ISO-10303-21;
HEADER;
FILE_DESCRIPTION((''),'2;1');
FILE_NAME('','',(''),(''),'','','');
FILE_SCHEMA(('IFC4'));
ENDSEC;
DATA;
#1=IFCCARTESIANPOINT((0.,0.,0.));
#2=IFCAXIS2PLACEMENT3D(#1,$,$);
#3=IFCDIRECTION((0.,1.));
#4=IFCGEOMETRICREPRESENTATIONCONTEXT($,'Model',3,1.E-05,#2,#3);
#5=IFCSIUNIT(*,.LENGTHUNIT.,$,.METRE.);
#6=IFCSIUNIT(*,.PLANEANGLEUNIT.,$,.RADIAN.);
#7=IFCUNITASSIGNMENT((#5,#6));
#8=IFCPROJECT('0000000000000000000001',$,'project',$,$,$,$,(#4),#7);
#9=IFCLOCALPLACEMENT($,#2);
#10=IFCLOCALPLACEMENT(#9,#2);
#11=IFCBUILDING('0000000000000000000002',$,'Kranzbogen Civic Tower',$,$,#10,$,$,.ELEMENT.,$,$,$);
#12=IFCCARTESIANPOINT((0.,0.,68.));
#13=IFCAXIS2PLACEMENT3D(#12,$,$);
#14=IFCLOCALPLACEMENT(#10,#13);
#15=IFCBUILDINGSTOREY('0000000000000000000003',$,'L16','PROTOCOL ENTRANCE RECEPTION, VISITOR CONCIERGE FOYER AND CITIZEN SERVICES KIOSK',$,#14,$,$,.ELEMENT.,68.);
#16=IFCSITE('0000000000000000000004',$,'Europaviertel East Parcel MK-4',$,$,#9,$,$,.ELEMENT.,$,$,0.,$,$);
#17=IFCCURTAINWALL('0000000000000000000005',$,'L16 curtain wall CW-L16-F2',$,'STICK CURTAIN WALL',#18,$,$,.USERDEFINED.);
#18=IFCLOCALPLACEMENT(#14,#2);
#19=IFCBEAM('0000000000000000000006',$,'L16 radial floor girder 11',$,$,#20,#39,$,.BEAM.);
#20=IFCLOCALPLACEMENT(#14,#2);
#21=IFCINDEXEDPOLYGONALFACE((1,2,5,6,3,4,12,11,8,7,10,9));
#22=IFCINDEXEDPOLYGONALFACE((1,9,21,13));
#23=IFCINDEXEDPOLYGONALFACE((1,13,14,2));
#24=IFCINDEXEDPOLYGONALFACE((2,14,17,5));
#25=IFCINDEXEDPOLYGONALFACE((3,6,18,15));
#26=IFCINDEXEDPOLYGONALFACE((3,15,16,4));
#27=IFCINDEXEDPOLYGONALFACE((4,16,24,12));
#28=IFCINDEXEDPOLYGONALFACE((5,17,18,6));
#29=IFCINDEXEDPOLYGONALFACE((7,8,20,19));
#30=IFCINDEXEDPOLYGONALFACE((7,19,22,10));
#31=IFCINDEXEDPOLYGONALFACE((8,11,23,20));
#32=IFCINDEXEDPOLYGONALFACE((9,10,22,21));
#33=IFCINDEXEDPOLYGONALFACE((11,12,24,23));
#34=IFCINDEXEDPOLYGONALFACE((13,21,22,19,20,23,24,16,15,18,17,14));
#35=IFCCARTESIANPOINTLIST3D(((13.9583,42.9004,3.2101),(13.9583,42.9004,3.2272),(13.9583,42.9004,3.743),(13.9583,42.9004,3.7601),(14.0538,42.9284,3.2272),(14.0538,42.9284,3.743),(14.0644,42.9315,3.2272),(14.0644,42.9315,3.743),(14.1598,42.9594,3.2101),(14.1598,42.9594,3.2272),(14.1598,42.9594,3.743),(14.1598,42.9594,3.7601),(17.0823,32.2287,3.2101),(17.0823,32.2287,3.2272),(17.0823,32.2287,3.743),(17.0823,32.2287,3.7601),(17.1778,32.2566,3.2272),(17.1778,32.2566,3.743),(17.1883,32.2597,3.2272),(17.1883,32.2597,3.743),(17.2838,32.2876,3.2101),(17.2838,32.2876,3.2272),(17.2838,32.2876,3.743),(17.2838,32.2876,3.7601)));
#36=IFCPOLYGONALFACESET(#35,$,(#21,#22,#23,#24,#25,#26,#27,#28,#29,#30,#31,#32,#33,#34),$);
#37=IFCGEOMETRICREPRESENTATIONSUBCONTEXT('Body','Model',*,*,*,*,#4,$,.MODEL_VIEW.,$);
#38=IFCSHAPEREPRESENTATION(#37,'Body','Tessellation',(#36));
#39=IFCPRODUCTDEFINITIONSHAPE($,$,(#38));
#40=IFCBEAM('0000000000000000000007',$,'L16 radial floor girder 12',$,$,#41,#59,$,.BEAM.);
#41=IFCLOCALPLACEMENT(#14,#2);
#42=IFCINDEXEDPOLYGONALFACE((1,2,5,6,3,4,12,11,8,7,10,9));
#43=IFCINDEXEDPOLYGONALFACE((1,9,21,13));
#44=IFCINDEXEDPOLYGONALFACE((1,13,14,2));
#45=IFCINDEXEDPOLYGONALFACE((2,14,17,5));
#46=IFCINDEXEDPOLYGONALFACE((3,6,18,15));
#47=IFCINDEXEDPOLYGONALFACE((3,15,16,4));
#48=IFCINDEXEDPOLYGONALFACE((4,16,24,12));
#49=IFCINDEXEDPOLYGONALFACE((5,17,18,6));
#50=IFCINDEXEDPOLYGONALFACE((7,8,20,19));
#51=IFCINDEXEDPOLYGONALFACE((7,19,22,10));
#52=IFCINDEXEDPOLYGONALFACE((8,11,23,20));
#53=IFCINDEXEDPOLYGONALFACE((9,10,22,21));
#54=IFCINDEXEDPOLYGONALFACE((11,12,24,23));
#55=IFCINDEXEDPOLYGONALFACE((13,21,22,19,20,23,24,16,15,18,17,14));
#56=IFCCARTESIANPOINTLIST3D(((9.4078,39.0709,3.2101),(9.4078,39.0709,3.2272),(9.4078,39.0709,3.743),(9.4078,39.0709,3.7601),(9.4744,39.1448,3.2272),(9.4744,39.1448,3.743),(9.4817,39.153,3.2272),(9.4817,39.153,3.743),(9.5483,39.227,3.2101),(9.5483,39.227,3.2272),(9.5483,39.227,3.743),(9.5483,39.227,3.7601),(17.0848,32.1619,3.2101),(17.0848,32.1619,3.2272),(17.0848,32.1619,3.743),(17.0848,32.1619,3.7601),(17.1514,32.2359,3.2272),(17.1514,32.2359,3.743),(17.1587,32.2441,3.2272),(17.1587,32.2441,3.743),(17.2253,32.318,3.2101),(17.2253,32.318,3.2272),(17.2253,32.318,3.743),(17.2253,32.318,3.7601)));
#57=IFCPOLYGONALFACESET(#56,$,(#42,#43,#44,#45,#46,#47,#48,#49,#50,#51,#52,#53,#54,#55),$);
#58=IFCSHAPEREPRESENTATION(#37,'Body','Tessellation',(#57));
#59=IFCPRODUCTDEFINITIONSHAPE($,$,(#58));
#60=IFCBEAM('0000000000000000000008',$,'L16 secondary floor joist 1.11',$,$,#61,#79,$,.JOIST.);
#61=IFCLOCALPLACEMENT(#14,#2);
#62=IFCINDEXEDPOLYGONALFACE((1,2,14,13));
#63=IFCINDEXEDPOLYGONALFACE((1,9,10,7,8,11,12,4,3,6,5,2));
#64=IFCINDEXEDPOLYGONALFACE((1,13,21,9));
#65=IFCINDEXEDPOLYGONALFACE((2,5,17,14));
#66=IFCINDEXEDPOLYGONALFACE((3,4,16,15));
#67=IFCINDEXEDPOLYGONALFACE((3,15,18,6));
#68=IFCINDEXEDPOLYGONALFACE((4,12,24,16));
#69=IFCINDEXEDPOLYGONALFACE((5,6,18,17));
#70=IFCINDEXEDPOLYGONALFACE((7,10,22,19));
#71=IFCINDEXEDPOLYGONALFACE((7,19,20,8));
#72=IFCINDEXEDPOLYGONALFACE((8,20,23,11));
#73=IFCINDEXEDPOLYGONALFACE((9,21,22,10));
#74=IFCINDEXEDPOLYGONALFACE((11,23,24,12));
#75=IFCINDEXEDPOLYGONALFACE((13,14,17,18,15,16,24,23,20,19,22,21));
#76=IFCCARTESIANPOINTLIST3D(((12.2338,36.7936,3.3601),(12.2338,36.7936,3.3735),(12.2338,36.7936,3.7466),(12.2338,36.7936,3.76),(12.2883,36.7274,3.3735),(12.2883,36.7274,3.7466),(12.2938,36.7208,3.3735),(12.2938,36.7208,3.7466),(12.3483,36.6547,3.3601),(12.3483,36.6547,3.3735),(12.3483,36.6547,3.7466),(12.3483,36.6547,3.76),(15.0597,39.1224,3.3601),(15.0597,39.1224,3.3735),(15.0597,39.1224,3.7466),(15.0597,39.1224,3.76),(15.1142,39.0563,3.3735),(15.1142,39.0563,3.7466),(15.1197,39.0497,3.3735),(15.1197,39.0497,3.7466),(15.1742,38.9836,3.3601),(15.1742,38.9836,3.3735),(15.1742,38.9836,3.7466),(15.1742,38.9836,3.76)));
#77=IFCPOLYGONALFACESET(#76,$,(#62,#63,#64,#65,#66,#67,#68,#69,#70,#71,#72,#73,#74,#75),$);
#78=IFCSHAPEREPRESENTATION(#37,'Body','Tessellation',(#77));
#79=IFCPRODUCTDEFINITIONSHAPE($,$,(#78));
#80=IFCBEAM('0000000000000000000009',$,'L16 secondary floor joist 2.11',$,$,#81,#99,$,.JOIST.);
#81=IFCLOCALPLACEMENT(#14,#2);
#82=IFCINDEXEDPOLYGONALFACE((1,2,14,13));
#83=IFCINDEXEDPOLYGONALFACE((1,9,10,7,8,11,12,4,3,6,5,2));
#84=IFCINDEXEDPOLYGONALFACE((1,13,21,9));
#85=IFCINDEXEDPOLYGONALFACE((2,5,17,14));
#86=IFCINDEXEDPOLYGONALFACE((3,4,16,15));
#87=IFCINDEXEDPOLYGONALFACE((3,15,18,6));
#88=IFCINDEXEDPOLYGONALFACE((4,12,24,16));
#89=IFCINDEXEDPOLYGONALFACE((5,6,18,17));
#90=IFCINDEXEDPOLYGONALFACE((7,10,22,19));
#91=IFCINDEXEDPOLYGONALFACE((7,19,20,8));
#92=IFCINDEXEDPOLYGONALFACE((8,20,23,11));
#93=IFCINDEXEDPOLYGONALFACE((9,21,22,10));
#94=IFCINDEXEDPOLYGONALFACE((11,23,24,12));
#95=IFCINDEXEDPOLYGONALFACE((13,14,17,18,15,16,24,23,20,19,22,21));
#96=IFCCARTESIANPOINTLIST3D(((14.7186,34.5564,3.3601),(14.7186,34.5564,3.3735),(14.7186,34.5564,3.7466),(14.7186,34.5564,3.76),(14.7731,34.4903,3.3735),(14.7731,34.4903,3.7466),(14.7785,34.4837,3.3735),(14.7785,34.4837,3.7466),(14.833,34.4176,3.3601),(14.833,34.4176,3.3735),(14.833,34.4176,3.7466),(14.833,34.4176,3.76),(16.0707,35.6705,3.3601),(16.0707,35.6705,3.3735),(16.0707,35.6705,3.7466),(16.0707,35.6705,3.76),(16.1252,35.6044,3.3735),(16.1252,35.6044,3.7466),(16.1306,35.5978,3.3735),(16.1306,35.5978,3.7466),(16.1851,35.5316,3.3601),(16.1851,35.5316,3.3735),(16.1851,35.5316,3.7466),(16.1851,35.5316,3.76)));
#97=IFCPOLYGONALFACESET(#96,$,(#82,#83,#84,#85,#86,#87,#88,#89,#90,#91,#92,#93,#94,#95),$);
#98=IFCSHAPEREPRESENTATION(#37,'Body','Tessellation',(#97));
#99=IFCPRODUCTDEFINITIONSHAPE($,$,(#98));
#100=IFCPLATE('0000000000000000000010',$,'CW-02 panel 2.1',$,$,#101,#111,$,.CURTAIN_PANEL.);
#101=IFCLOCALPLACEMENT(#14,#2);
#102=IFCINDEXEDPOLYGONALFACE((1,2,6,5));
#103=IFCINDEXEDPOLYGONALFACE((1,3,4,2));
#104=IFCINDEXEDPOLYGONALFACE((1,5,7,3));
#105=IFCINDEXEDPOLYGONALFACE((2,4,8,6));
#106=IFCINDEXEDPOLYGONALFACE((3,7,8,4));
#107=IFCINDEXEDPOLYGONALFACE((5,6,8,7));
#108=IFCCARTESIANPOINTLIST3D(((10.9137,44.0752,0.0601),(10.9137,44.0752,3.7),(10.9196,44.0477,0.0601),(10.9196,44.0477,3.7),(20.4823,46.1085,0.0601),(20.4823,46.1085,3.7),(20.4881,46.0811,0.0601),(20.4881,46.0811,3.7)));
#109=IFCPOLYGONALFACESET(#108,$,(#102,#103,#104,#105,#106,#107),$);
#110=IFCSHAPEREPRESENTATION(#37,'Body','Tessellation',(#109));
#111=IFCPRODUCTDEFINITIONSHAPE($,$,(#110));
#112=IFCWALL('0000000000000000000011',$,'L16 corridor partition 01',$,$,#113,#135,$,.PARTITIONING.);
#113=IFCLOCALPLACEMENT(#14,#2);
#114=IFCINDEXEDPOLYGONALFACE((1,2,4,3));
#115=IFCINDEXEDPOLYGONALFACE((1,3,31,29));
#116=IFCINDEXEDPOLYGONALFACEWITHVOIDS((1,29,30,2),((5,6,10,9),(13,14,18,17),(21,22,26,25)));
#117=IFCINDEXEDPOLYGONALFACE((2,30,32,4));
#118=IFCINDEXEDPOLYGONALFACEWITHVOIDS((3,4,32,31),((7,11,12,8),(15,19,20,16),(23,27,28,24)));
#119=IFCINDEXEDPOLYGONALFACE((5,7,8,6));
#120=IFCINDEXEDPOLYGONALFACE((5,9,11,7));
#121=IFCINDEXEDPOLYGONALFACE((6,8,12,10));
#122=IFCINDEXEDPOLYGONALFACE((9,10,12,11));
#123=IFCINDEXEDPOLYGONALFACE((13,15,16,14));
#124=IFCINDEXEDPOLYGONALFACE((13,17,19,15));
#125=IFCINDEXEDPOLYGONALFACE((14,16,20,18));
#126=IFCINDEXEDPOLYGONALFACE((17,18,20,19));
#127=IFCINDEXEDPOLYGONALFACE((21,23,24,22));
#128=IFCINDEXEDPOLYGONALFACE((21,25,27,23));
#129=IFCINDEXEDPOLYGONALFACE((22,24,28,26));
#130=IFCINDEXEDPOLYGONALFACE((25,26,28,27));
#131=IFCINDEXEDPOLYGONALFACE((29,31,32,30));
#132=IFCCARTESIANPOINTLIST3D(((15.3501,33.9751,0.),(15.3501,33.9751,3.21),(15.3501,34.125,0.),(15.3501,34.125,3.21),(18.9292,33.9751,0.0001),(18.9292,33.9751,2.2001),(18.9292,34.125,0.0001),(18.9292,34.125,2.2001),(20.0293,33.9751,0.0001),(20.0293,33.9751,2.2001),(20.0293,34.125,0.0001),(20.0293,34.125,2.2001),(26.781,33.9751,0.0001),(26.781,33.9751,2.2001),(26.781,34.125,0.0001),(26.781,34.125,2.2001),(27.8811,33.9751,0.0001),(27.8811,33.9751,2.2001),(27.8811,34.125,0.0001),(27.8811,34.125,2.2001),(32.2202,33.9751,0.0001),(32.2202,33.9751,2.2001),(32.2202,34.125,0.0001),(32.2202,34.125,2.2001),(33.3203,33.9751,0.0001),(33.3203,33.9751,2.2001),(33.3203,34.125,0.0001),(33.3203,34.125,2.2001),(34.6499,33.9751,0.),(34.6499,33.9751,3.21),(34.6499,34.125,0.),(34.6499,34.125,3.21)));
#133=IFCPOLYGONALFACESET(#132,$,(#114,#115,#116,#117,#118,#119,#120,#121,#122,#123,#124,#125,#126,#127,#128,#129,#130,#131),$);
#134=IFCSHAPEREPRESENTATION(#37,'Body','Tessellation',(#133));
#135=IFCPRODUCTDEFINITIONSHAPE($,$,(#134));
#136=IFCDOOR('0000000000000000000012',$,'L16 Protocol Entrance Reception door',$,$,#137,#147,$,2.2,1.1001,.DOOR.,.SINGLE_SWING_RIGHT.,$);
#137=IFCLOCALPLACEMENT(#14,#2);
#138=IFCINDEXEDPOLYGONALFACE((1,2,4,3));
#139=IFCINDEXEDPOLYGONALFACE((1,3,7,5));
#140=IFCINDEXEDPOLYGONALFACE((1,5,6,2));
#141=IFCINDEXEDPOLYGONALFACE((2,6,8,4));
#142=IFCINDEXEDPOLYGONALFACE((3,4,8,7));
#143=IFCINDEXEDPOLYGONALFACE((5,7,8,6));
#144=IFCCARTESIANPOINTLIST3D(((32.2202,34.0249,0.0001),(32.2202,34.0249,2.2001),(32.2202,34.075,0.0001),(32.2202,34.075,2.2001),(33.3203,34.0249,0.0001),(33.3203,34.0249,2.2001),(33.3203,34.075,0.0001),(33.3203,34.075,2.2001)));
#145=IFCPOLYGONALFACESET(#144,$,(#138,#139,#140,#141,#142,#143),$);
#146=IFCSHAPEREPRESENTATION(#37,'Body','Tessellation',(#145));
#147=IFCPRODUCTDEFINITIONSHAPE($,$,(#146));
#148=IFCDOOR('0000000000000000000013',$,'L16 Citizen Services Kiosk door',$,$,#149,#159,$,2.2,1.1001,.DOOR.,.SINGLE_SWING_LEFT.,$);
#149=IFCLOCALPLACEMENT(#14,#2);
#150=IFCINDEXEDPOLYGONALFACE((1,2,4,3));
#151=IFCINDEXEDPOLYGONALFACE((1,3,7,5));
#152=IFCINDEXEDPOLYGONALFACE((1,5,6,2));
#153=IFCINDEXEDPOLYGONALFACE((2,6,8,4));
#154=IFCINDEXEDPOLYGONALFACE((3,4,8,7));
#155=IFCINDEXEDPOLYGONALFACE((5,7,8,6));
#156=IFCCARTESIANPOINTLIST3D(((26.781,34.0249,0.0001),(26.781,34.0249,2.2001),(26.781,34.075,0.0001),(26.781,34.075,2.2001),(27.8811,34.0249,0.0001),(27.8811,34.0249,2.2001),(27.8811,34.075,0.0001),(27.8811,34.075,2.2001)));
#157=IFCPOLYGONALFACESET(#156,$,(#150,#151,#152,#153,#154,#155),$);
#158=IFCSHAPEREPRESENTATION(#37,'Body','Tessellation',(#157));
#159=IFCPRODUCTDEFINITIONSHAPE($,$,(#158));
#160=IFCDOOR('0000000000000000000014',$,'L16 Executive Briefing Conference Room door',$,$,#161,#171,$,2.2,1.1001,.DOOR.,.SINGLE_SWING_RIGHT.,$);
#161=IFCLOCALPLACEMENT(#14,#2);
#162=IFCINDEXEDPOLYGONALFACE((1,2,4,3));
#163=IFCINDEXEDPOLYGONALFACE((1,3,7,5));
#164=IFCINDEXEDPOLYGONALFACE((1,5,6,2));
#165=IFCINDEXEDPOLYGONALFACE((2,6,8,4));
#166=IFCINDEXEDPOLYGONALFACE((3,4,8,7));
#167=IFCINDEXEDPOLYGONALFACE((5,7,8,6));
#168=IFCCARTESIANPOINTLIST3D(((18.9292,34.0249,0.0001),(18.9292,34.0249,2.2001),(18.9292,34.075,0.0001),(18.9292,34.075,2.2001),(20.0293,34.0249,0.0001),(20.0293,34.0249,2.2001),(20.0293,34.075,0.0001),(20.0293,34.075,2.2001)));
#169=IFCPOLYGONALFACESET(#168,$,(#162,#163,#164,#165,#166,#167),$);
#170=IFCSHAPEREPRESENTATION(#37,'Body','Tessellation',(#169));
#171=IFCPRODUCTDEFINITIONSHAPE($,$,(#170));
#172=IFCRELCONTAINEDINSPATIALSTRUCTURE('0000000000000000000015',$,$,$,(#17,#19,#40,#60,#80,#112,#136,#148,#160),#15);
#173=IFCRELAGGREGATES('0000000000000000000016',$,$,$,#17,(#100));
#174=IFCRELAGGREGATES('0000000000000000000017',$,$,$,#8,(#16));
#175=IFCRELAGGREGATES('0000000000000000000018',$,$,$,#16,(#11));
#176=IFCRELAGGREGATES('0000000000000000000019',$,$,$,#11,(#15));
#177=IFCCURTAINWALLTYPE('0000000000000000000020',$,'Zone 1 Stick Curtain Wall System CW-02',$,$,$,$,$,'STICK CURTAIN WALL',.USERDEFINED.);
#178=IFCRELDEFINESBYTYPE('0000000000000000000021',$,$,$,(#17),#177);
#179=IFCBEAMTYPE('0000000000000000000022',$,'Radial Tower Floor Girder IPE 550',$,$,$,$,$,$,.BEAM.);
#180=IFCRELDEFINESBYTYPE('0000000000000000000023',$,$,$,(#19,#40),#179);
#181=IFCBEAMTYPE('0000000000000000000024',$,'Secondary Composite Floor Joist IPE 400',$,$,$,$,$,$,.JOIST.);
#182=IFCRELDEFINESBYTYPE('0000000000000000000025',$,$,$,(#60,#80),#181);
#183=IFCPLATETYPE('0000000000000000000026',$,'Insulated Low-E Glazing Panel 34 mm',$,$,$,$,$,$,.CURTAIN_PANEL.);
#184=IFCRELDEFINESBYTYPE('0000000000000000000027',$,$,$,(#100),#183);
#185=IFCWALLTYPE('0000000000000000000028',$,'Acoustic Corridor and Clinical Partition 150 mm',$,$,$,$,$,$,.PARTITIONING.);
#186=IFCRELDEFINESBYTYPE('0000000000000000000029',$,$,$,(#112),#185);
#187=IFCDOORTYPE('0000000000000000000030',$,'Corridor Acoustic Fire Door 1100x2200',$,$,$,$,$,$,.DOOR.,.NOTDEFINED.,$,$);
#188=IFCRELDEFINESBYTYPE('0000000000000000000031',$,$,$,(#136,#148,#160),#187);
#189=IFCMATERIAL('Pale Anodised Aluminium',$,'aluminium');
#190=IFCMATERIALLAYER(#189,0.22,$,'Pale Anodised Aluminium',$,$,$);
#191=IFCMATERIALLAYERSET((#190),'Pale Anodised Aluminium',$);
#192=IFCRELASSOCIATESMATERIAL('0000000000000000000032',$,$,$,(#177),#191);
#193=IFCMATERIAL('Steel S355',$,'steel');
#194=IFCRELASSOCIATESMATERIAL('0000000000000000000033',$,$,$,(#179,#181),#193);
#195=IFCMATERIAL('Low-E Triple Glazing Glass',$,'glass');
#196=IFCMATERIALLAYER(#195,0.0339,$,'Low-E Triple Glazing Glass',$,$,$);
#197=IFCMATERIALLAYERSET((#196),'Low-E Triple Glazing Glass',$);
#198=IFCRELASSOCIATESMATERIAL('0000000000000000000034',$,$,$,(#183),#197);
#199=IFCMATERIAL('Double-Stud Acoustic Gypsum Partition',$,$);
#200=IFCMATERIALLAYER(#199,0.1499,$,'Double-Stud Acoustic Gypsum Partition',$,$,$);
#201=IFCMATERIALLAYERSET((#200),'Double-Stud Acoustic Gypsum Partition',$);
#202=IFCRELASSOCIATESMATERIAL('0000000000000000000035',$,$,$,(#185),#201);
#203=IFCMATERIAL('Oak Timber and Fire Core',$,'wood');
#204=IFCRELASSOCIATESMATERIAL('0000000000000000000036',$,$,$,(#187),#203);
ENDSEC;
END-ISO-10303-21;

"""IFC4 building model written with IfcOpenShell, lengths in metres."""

from ifc_helpers import new_model, si_unit, direction, frame, frame_2d, origin, origin_2d, place, context, subcontext, project, spatial, rectangle, i_section, extrude, material, layer, layer_set, material_profile, profile_set, type_object, element, fill, aggregate, save


model = new_model("IFC4")

# Units and contexts
model_context = context("Model", 3, precision=1e-05, world=origin(), true_north=direction((0.0, 1.0)))
body_context = subcontext(model_context, "Body", "Model", "MODEL_VIEW")
ifc_project = project(units=[si_unit("LENGTHUNIT", "METRE"), si_unit("PLANEANGLEUNIT", "RADIAN")], contexts=[model_context])

# Site, building, storey
site_placement = place(None, origin())
site = spatial("IfcSite", under=ifc_project, at=site_placement, Name="Europaviertel East Parcel MK-4", CompositionType="ELEMENT", RefElevation=0.0)
building_placement = place(site_placement, origin())
building = spatial("IfcBuilding", under=site, at=building_placement, Name="Kranzbogen Civic Tower", CompositionType="ELEMENT")
storey_placement = place(building_placement, frame((0.0, 0.0, 68.0)))
storey = spatial("IfcBuildingStorey", under=building, at=storey_placement, Name="L16", Description="PROTOCOL ENTRANCE RECEPTION, VISITOR CONCIERGE FOYER AND CITIZEN SERVICES KIOSK", CompositionType="ELEMENT", Elevation=68.0)

# Shared definitions
ifc_material_1 = material(Name="Steel S355", Category="steel")

# Curtain wall
ifc_material_2 = material(Name="Pale Anodised Aluminium", Category="aluminium")
ifc_layer_1 = layer(ifc_material_2, 0.22, Name="Pale Anodised Aluminium")
ifc_layer_set_1 = layer_set([ifc_layer_1], Name="Pale Anodised Aluminium")
curtain_wall_type = type_object("IfcCurtainWallType", Name="Zone 1 Stick Curtain Wall System CW-02", ElementType="STICK CURTAIN WALL", PredefinedType="USERDEFINED", material=ifc_layer_set_1)
curtain_wall_placement = place(storey_placement, origin())
curtain_wall = element("IfcCurtainWall", 1, at=curtain_wall_placement, inside=storey, type_object=curtain_wall_type, Name="L16 curtain wall CW-L16-F2", ObjectType="STICK CURTAIN WALL", PredefinedType="USERDEFINED")

# Beams
ifc_material_profile_1 = material_profile(ifc_material_1, i_section(OverallWidth=0.21, OverallDepth=0.55, WebThickness=0.011, FlangeThickness=0.0171, at=origin_2d()), Name="IPE 550")
ifc_profile_set_1 = profile_set([ifc_material_profile_1], Name="Steel S355")
beam_type_1 = type_object("IfcBeamType", Name="Radial Tower Floor Girder IPE 550", PredefinedType="BEAM", material=ifc_profile_set_1)
beam_1_placement = place(storey_placement, frame((14.0591, 42.9299, 3.4851), z_axis=(0.280944, -0.959724, 0.0), x_axis=(0.959724, 0.280944, 0.0)))
element("IfcBeam", 2, at=beam_1_placement, inside=storey, type_object=beam_type_1, Name="L16 radial floor girder 11", PredefinedType="BEAM", context=body_context, shape_type="SweptSolid", body=[
    extrude(i_section(OverallWidth=0.21, OverallDepth=0.55, WebThickness=0.011, FlangeThickness=0.0171, at=origin_2d()), origin(), (0.0, 0.0, 1.0), 11.1196),
])
beam_2_placement = place(storey_placement, frame((9.478, 39.1489, 3.4851), z_axis=(0.743312, -0.668945, 0.0), x_axis=(0.668945, 0.743312, 0.0)))
element("IfcBeam", 3, at=beam_2_placement, inside=storey, type_object=beam_type_1, Name="L16 radial floor girder 12", PredefinedType="BEAM", context=body_context, shape_type="SweptSolid", body=[
    extrude(i_section(OverallWidth=0.21, OverallDepth=0.55, WebThickness=0.011, FlangeThickness=0.0171, at=origin_2d()), origin(), (0.0, 0.0, 1.0), 10.3281),
])
ifc_material_profile_2 = material_profile(ifc_material_1, i_section(OverallWidth=0.1799, OverallDepth=0.3999, WebThickness=0.0085, FlangeThickness=0.0134, at=origin_2d()), Name="IPE 400")
ifc_profile_set_2 = profile_set([ifc_material_profile_2], Name="Steel S355")
beam_type_2 = type_object("IfcBeamType", Name="Secondary Composite Floor Joist IPE 400", PredefinedType="JOIST", material=ifc_profile_set_2)
beam_3_placement = place(storey_placement, frame((15.1169, 39.053, 3.5601), z_axis=(-0.771713, -0.635971, 0.0), x_axis=(0.635971, -0.771713, 0.0)))
element("IfcBeam", 4, at=beam_3_placement, inside=storey, type_object=beam_type_2, Name="L16 secondary floor joist 1.11", PredefinedType="JOIST", context=body_context, shape_type="SweptSolid", body=[
    extrude(i_section(OverallWidth=0.1799, OverallDepth=0.3999, WebThickness=0.0085, FlangeThickness=0.0134, at=origin_2d()), origin(), (0.0, 0.0, 1.0), 3.6619),
])
beam_4_placement = place(storey_placement, frame((16.1279, 35.6011, 3.5601), z_axis=(-0.771773, -0.635898, 0.0), x_axis=(0.635898, -0.771773, 0.0)))
element("IfcBeam", 5, at=beam_4_placement, inside=storey, type_object=beam_type_2, Name="L16 secondary floor joist 2.11", PredefinedType="JOIST", context=body_context, shape_type="SweptSolid", body=[
    extrude(i_section(OverallWidth=0.1799, OverallDepth=0.3999, WebThickness=0.0085, FlangeThickness=0.0134, at=origin_2d()), origin(), (0.0, 0.0, 1.0), 1.752),
])

# Plate
ifc_material_3 = material(Name="Low-E Triple Glazing Glass", Category="glass")
ifc_layer_2 = layer(ifc_material_3, 0.0339, Name="Low-E Triple Glazing Glass")
ifc_layer_set_2 = layer_set([ifc_layer_2], Name="Low-E Triple Glazing Glass")
plate_type = type_object("IfcPlateType", Name="Insulated Low-E Glazing Panel 34 mm", PredefinedType="CURTAIN_PANEL", material=ifc_layer_set_2)
plate_placement = place(storey_placement, frame((15.7009, 45.0781, 0.0601), z_axis=(0.0, 0.0, 1.0), x_axis=(-0.978159, -0.207858, 0.0)))
plate = element("IfcPlate", 6, at=plate_placement, type_object=plate_type, Name="CW-02 panel 2.1", PredefinedType="CURTAIN_PANEL", context=body_context, shape_type="SweptSolid", body=[
    extrude(rectangle(XDim=9.7822, YDim=0.0281, at=origin_2d()), origin(), (0.0, 0.0, 1.0), 3.6399),
])
aggregate(curtain_wall, [plate])

# Wall, openings, doors
ifc_material_4 = material(Name="Double-Stud Acoustic Gypsum Partition")
ifc_layer_3 = layer(ifc_material_4, 0.1499, Name="Double-Stud Acoustic Gypsum Partition")
ifc_layer_set_3 = layer_set([ifc_layer_3], Name="Double-Stud Acoustic Gypsum Partition")
wall_type_1 = type_object("IfcWallType", Name="Acoustic Corridor and Clinical Partition 150 mm", PredefinedType="PARTITIONING", material=ifc_layer_set_3)
wall_1_placement = place(storey_placement, frame((15.3501, 34.05, 0.0), z_axis=(0.0, 0.0, 1.0), x_axis=(1.0, 0.0, 0.0)))
wall_1 = element("IfcWall", 7, at=wall_1_placement, inside=storey, type_object=wall_type_1, Name="L16 corridor partition 01", PredefinedType="PARTITIONING", context=body_context, shape_type="SweptSolid", body=[
    extrude(rectangle(XDim=19.2998, YDim=0.1499, at=frame_2d((9.6499, 0.0))), origin(), (0.0, 0.0, 1.0), 3.21),
])
opening_1_placement = place(wall_1_placement, frame((16.8701, 0.0, 0.0)))
opening_1 = element("IfcOpeningElement", 8, at=opening_1_placement, cuts=wall_1, PredefinedType="OPENING", context=body_context, shape_type="SweptSolid", body=[
    extrude(rectangle(XDim=1.1001, YDim=2.2, at=frame_2d((0.55, 1.1001))), frame((0.0, 0.085, 0.0), z_axis=(0.0, -1.0, 0.0), x_axis=(1.0, 0.0, 0.0)), (0.0, 0.0, 1.0), 0.1699),
])
opening_2_placement = place(wall_1_placement, frame((11.4309, 0.0, 0.0)))
opening_2 = element("IfcOpeningElement", 9, at=opening_2_placement, cuts=wall_1, PredefinedType="OPENING", context=body_context, shape_type="SweptSolid", body=[
    extrude(rectangle(XDim=1.1001, YDim=2.2, at=frame_2d((0.55, 1.1001))), frame((0.0, 0.085, 0.0), z_axis=(0.0, -1.0, 0.0), x_axis=(1.0, 0.0, 0.0)), (0.0, 0.0, 1.0), 0.1699),
])
opening_3_placement = place(wall_1_placement, frame((3.5791, 0.0, 0.0)))
opening_3 = element("IfcOpeningElement", 10, at=opening_3_placement, cuts=wall_1, PredefinedType="OPENING", context=body_context, shape_type="SweptSolid", body=[
    extrude(rectangle(XDim=1.1001, YDim=2.2, at=frame_2d((0.55, 1.1001))), frame((0.0, 0.085, 0.0), z_axis=(0.0, -1.0, 0.0), x_axis=(1.0, 0.0, 0.0)), (0.0, 0.0, 1.0), 0.1699),
])
ifc_material_5 = material(Name="Oak Timber and Fire Core", Category="wood")
door_type = type_object("IfcDoorType", Name="Corridor Acoustic Fire Door 1100x2200", OperationType="NOTDEFINED", PredefinedType="DOOR", material=ifc_material_5)
door_1_placement = place(opening_1_placement, origin())
door_1 = element("IfcDoor", 11, at=door_1_placement, inside=storey, type_object=door_type, Name="L16 Protocol Entrance Reception door", OperationType="SINGLE_SWING_RIGHT", OverallHeight=2.2, OverallWidth=1.1001, PredefinedType="DOOR", context=body_context, shape_type="SweptSolid", body=[
    extrude(rectangle(XDim=1.1001, YDim=2.2, at=frame_2d((0.55, 1.1001))), frame((0.0, 0.0249, 0.0), z_axis=(0.0, -1.0, 0.0), x_axis=(1.0, 0.0, 0.0)), (0.0, 0.0, 1.0), 0.05),
])
fill(opening_1, door_1)
door_2_placement = place(opening_2_placement, origin())
door_2 = element("IfcDoor", 12, at=door_2_placement, inside=storey, type_object=door_type, Name="L16 Citizen Services Kiosk door", OperationType="SINGLE_SWING_LEFT", OverallHeight=2.2, OverallWidth=1.1001, PredefinedType="DOOR", context=body_context, shape_type="SweptSolid", body=[
    extrude(rectangle(XDim=1.1001, YDim=2.2, at=frame_2d((0.55, 1.1001))), frame((0.0, 0.0249, 0.0), z_axis=(0.0, -1.0, 0.0), x_axis=(1.0, 0.0, 0.0)), (0.0, 0.0, 1.0), 0.05),
])
fill(opening_2, door_2)
door_3_placement = place(opening_3_placement, origin())
door_3 = element("IfcDoor", 13, at=door_3_placement, inside=storey, type_object=door_type, Name="L16 Executive Briefing Conference Room door", OperationType="SINGLE_SWING_RIGHT", OverallHeight=2.2, OverallWidth=1.1001, PredefinedType="DOOR", context=body_context, shape_type="SweptSolid", body=[
    extrude(rectangle(XDim=1.1001, YDim=2.2, at=frame_2d((0.55, 1.1001))), frame((0.0, 0.0249, 0.0), z_axis=(0.0, -1.0, 0.0), x_axis=(1.0, 0.0, 0.0)), (0.0, 0.0, 1.0), 0.05),
])
fill(opening_3, door_3)

save(model, "model.ifc")
